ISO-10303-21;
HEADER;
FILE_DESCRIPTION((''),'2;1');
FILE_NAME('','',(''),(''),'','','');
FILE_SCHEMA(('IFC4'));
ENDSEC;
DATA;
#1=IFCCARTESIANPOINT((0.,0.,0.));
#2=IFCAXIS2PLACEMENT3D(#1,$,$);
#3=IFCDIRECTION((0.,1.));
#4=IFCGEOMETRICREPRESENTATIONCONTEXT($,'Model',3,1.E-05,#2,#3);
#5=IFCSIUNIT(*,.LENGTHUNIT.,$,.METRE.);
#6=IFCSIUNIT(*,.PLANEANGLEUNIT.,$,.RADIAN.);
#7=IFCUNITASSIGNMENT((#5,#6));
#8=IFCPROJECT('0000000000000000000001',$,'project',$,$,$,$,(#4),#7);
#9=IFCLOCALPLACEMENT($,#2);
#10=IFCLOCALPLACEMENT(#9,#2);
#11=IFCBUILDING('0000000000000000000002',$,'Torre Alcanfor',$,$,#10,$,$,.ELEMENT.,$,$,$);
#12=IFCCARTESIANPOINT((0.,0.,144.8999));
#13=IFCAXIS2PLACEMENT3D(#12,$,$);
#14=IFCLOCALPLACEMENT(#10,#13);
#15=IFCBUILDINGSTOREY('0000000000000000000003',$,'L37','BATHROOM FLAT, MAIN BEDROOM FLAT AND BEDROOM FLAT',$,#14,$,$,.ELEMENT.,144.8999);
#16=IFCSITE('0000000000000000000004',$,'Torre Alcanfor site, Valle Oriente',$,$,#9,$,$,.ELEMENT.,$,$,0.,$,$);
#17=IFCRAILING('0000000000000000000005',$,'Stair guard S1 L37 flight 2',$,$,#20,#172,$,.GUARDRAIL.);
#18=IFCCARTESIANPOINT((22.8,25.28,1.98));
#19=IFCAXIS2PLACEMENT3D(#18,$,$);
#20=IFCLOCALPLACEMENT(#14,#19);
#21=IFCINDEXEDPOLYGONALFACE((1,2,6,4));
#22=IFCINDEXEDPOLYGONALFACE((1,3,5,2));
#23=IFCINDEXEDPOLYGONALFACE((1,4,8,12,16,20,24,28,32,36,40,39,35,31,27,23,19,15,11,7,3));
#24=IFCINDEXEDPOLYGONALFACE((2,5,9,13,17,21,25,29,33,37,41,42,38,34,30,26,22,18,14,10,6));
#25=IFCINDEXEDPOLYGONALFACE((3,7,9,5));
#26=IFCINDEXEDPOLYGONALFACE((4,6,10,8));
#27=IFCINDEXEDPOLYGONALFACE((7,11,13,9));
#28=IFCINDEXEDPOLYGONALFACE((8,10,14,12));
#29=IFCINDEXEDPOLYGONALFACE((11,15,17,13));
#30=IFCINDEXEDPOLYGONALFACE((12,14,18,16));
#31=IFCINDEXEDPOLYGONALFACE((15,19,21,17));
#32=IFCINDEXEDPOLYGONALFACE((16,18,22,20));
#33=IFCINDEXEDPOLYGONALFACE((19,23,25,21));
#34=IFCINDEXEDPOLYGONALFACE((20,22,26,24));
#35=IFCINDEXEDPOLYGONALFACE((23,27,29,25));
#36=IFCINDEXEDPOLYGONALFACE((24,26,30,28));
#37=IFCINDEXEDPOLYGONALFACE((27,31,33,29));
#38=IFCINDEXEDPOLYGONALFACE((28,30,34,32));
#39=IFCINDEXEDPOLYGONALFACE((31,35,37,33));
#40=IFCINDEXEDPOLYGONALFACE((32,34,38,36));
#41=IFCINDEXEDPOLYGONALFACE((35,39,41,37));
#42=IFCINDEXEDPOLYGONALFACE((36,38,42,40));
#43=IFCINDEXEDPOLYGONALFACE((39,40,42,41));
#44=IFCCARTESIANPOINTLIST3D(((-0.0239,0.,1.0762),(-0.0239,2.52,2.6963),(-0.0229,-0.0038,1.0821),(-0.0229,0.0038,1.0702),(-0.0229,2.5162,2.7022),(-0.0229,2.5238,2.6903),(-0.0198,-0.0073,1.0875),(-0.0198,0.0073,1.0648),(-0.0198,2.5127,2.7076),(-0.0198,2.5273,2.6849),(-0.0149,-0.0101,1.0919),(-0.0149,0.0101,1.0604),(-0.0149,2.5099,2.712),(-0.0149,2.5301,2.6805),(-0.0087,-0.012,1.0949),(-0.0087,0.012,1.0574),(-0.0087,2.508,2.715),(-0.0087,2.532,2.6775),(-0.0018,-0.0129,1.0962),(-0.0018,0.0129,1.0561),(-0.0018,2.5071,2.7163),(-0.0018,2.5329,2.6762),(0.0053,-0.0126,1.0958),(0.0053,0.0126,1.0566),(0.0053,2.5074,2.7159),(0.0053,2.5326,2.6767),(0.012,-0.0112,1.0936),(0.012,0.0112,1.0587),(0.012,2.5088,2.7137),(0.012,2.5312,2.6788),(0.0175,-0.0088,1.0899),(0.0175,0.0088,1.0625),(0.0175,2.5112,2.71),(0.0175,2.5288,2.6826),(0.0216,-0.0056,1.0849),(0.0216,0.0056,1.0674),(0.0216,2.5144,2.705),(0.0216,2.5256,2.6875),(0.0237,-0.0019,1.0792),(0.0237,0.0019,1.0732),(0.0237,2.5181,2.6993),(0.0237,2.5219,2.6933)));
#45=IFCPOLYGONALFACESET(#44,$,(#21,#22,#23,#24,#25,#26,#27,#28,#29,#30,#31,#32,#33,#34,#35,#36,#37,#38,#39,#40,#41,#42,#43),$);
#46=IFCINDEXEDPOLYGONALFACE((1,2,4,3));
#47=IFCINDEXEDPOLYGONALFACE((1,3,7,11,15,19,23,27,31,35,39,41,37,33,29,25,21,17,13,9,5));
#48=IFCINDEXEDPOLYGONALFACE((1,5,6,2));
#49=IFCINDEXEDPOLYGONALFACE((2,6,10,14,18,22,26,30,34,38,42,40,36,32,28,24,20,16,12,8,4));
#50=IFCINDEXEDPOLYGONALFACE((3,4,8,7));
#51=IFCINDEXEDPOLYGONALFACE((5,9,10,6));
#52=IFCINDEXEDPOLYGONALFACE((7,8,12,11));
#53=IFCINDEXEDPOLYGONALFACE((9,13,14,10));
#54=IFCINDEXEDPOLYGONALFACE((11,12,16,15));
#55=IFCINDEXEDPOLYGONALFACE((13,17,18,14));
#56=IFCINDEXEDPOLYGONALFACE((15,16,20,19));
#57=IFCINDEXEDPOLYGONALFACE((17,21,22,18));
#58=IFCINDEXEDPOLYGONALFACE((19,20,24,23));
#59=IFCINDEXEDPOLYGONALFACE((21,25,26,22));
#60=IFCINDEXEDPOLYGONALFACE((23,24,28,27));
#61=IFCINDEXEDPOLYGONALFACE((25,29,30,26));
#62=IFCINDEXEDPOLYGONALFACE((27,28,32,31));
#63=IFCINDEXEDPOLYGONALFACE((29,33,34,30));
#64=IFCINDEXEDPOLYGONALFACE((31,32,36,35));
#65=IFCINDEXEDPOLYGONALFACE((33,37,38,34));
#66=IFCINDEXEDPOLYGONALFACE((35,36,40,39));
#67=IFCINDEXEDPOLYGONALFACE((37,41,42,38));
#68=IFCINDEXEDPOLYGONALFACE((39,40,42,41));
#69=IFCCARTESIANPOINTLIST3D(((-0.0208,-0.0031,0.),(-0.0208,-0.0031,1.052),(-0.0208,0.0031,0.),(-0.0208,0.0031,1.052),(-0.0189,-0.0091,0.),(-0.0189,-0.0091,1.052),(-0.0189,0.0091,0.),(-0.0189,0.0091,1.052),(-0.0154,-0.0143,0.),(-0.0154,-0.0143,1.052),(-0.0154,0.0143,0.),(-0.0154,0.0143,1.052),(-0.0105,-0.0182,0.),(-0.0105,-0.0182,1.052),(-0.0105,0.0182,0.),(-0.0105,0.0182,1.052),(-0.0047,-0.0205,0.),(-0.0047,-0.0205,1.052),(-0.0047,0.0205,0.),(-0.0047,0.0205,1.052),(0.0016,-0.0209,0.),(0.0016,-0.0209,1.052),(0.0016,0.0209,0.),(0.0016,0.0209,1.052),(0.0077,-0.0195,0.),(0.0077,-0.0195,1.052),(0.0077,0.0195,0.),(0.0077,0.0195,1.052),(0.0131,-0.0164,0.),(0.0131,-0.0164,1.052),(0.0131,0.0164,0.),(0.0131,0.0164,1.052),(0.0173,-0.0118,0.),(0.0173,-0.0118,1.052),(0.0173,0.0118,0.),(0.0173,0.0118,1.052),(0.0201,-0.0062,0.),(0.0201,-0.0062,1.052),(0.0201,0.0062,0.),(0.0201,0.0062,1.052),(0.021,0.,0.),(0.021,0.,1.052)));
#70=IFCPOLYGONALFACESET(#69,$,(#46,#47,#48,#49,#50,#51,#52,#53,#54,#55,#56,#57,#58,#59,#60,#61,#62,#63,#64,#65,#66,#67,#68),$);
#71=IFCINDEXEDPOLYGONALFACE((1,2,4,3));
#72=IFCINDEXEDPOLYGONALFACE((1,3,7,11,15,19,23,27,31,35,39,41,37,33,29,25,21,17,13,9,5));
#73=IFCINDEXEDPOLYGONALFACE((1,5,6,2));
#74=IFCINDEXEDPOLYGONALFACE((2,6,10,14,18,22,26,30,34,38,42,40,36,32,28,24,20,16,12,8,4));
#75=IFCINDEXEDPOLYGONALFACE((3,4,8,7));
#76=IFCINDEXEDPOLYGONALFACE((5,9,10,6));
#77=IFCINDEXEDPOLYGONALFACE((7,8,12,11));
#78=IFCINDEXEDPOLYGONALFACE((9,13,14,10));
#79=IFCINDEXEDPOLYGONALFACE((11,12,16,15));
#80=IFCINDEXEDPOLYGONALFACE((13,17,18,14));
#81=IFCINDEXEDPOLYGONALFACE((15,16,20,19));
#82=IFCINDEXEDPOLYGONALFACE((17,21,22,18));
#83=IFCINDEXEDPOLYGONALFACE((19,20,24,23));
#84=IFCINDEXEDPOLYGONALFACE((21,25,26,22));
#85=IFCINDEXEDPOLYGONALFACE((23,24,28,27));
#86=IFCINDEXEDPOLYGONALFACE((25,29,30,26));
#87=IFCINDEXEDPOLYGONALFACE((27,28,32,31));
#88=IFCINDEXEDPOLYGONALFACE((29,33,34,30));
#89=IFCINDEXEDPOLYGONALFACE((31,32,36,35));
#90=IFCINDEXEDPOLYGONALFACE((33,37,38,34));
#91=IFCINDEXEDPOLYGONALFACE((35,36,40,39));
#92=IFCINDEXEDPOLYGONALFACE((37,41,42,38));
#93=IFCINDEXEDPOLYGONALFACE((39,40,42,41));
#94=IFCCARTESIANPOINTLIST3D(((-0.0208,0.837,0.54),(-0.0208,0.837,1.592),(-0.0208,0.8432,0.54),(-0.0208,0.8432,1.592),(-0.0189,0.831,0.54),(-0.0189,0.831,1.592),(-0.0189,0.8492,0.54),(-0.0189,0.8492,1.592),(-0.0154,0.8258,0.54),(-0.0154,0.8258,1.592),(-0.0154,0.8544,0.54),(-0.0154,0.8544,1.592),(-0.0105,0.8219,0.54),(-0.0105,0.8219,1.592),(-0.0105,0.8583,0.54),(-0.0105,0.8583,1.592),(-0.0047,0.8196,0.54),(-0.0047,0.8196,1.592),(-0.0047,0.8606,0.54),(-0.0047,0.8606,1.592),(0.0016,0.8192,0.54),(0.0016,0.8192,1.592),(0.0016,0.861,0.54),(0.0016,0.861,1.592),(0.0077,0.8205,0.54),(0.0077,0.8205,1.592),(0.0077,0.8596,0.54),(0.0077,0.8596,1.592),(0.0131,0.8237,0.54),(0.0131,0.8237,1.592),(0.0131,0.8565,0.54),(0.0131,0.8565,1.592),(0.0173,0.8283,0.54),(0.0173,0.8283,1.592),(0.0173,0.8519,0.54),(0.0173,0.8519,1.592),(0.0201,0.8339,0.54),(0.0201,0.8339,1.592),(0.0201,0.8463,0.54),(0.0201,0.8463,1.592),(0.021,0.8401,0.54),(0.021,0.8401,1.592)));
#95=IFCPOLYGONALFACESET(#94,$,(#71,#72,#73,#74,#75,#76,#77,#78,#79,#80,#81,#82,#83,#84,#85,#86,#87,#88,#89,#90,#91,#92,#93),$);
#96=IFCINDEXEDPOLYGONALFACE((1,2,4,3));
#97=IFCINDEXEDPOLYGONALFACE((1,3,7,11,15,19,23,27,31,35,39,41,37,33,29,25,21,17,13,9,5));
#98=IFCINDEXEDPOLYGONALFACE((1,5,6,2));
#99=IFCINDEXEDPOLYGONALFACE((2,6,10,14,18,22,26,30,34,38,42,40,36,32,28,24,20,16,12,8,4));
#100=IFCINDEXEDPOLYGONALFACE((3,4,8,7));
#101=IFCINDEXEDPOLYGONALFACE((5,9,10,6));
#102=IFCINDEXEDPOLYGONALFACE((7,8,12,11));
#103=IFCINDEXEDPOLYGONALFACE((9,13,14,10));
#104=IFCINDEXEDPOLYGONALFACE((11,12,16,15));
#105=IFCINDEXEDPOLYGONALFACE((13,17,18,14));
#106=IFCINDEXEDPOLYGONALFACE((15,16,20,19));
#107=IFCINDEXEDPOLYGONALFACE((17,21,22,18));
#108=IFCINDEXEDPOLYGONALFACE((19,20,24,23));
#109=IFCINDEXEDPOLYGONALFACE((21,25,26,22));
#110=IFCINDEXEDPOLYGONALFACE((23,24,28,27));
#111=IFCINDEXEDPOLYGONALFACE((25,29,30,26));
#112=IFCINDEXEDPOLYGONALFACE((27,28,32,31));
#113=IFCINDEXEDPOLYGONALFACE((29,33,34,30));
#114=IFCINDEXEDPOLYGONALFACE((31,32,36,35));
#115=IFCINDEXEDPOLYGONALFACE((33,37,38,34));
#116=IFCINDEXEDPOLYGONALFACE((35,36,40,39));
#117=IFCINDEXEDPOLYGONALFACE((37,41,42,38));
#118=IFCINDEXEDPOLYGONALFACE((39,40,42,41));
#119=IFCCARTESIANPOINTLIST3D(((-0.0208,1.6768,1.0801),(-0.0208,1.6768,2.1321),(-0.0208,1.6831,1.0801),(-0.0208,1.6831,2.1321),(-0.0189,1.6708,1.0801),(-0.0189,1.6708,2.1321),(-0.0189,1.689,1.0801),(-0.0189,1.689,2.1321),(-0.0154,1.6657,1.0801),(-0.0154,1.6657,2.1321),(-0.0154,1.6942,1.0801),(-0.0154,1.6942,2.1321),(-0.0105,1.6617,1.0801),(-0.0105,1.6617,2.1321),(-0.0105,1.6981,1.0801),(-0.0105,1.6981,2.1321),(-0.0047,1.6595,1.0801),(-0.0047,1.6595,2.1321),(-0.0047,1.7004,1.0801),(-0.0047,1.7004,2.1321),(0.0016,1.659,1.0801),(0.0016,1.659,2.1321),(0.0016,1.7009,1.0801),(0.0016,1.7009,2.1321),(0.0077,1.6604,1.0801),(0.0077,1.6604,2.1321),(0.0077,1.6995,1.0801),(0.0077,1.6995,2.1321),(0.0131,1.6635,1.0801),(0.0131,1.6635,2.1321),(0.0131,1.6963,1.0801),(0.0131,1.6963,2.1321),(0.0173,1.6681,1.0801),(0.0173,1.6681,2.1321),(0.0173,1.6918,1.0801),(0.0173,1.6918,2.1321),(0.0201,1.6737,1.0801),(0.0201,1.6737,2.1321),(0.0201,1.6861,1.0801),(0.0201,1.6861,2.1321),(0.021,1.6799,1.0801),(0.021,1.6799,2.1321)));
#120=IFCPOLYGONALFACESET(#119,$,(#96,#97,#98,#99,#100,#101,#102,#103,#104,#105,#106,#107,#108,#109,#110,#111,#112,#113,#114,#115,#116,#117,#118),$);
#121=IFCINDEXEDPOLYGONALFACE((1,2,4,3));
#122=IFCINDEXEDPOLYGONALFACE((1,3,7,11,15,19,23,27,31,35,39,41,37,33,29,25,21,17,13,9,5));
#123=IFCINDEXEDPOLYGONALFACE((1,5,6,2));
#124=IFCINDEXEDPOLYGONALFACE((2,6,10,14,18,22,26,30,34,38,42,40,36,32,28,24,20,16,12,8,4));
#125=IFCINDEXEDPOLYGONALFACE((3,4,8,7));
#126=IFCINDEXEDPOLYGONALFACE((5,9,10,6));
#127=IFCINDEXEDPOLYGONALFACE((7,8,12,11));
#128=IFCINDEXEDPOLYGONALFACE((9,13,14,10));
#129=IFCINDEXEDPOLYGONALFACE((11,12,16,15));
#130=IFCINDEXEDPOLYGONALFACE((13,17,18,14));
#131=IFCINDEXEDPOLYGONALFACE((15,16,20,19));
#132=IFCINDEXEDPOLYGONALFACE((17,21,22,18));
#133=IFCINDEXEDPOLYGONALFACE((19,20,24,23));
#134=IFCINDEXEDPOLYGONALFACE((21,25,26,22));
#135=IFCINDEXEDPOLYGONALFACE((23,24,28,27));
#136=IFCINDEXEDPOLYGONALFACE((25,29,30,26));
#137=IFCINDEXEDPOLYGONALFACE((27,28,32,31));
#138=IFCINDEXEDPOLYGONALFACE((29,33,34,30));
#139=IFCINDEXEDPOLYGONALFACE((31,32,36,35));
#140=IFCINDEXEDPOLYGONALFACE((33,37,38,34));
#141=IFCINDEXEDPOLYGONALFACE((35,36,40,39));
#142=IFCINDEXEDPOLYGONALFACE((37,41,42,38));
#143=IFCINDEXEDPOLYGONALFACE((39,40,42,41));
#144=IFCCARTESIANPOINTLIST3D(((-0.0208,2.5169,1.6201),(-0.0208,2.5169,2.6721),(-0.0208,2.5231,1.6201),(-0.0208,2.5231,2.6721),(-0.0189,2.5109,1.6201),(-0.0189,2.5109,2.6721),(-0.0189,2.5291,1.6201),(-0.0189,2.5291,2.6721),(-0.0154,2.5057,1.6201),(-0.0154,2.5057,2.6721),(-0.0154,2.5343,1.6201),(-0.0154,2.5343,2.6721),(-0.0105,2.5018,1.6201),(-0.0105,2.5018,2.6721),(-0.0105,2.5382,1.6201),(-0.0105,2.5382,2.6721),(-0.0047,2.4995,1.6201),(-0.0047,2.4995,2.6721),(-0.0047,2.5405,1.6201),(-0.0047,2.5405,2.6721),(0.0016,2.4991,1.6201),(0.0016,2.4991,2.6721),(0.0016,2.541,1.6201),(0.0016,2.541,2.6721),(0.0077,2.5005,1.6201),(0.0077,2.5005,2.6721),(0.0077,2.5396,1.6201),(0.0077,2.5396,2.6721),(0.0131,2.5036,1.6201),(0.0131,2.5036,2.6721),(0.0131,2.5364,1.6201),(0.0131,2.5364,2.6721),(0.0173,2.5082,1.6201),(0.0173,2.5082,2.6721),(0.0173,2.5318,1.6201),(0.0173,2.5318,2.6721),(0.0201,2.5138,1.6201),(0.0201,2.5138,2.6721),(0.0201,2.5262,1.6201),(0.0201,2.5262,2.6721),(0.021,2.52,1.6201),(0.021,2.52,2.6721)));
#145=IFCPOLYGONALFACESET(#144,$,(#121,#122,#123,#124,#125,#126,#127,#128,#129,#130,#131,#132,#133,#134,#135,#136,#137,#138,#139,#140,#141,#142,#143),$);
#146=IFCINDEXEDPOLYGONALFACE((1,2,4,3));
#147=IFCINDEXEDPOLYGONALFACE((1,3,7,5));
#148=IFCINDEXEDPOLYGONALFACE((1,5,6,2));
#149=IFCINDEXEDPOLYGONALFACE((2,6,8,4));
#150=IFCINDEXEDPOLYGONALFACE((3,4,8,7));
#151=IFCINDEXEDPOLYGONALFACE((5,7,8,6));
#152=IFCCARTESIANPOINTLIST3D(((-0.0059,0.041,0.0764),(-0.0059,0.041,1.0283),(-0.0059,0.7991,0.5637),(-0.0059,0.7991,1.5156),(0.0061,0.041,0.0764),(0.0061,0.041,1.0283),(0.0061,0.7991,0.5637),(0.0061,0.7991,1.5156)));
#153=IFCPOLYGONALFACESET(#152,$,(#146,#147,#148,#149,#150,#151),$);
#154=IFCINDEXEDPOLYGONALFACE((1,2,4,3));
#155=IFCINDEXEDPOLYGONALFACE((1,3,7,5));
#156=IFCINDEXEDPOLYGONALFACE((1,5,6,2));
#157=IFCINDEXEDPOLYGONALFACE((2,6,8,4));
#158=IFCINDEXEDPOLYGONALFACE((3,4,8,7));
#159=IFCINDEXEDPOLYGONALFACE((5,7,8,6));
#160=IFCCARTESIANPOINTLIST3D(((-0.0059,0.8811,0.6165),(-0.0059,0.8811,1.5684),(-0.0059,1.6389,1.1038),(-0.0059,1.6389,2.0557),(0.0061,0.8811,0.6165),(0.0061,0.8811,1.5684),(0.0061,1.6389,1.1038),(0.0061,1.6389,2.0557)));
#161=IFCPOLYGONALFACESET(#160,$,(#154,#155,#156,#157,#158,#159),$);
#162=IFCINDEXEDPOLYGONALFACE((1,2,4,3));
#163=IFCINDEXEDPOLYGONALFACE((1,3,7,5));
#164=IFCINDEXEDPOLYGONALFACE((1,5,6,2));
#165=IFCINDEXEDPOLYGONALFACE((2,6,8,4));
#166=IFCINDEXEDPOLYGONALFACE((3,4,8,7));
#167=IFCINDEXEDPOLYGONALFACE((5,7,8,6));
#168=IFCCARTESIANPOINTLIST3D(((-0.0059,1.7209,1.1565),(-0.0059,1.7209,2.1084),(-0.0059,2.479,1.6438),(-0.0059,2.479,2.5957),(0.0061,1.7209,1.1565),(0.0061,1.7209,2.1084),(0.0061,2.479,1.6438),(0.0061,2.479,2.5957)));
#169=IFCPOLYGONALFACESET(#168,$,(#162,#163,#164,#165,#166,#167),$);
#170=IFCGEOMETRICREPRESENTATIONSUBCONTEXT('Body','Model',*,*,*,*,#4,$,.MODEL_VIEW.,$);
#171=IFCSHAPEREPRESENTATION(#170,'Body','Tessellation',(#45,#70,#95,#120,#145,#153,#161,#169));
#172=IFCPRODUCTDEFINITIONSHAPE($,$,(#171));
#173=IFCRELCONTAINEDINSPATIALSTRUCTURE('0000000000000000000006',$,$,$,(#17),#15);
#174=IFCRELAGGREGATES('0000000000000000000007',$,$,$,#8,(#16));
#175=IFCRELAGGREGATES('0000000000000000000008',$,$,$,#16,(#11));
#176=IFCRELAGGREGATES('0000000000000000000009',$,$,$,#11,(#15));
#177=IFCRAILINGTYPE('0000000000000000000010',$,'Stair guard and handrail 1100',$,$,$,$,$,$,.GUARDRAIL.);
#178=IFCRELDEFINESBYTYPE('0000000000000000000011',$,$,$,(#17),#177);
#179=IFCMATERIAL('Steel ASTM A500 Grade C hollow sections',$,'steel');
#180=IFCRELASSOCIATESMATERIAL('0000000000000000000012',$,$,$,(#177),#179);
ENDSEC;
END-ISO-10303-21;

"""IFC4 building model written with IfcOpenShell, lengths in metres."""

from ifc_helpers import new_model, si_unit, direction, frame, origin, origin_2d, place, context, subcontext, project, spatial, polyline, circle, outline, extrude, material, type_object, element, save


model = new_model("IFC4")

# Units and contexts
model_context = context("Model", 3, precision=1e-05, world=origin(), true_north=direction((0.0, 1.0)))
body_context = subcontext(model_context, "Body", "Model", "MODEL_VIEW")
ifc_project = project(units=[si_unit("LENGTHUNIT", "METRE"), si_unit("PLANEANGLEUNIT", "RADIAN")], contexts=[model_context])

# Site, building, storey
site_placement = place(None, origin())
site = spatial("IfcSite", under=ifc_project, at=site_placement, Name="Torre Alcanfor site, Valle Oriente", CompositionType="ELEMENT", RefElevation=0.0)
building_placement = place(site_placement, origin())
building = spatial("IfcBuilding", under=site, at=building_placement, Name="Torre Alcanfor", CompositionType="ELEMENT")
storey_placement = place(building_placement, frame((0.0, 0.0, 144.8999)))
storey = spatial("IfcBuildingStorey", under=building, at=storey_placement, Name="L37", Description="BATHROOM FLAT, MAIN BEDROOM FLAT AND BEDROOM FLAT", CompositionType="ELEMENT", Elevation=144.8999)

# Railing
ifc_material_1 = material(Name="Steel ASTM A500 Grade C hollow sections", Category="steel")
railing_type = type_object("IfcRailingType", Name="Stair guard and handrail 1100", PredefinedType="GUARDRAIL", material=ifc_material_1)
railing_1_placement = place(storey_placement, frame((22.8, 25.28, 1.98)))
element("IfcRailing", 1, at=railing_1_placement, inside=storey, type_object=railing_type, Name="Stair guard S1 L37 flight 2", PredefinedType="GUARDRAIL", context=body_context, shape_type="SweptSolid", body=[
    extrude(circle(Radius=0.0239, at=origin_2d()), frame((0.0, 0.0, 1.0762), z_axis=(0.0, 0.841163, 0.540782), x_axis=(-1.0, 0.0, 0.0)), (0.0, 0.0, 1.0), 2.9958),
    extrude(circle(Radius=0.021, at=origin_2d()), origin(), (0.0, 0.0, 1.0), 1.052),
    extrude(circle(Radius=0.021, at=origin_2d()), frame((0.0, 0.8401, 0.54)), (0.0, 0.0, 1.0), 1.052),
    extrude(circle(Radius=0.021, at=origin_2d()), frame((0.0, 1.6799, 1.0801)), (0.0, 0.0, 1.0), 1.052),
    extrude(circle(Radius=0.021, at=origin_2d()), frame((0.0, 2.52, 1.6201)), (0.0, 0.0, 1.0), 1.052),
    extrude(outline(polyline([(0.041, 0.0764), (0.7991, 0.5637), (0.7991, 1.5156), (0.041, 1.0283), (0.041, 0.0764)])), frame((-0.0059, 0.0, 0.0), z_axis=(1.0, 0.0, 0.0), x_axis=(0.0, 1.0, 0.0)), (0.0, 0.0, 1.0), 0.012),
    extrude(outline(polyline([(0.8811, 0.6165), (1.6389, 1.1038), (1.6389, 2.0557), (0.8811, 1.5684), (0.8811, 0.6165)])), frame((-0.0059, 0.0, 0.0), z_axis=(1.0, 0.0, 0.0), x_axis=(0.0, 1.0, 0.0)), (0.0, 0.0, 1.0), 0.012),
    extrude(outline(polyline([(1.7209, 1.1565), (2.479, 1.6438), (2.479, 2.5957), (1.7209, 2.1084), (1.7209, 1.1565)])), frame((-0.0059, 0.0, 0.0), z_axis=(1.0, 0.0, 0.0), x_axis=(0.0, 1.0, 0.0)), (0.0, 0.0, 1.0), 0.012),
])

save(model, "model.ifc")
